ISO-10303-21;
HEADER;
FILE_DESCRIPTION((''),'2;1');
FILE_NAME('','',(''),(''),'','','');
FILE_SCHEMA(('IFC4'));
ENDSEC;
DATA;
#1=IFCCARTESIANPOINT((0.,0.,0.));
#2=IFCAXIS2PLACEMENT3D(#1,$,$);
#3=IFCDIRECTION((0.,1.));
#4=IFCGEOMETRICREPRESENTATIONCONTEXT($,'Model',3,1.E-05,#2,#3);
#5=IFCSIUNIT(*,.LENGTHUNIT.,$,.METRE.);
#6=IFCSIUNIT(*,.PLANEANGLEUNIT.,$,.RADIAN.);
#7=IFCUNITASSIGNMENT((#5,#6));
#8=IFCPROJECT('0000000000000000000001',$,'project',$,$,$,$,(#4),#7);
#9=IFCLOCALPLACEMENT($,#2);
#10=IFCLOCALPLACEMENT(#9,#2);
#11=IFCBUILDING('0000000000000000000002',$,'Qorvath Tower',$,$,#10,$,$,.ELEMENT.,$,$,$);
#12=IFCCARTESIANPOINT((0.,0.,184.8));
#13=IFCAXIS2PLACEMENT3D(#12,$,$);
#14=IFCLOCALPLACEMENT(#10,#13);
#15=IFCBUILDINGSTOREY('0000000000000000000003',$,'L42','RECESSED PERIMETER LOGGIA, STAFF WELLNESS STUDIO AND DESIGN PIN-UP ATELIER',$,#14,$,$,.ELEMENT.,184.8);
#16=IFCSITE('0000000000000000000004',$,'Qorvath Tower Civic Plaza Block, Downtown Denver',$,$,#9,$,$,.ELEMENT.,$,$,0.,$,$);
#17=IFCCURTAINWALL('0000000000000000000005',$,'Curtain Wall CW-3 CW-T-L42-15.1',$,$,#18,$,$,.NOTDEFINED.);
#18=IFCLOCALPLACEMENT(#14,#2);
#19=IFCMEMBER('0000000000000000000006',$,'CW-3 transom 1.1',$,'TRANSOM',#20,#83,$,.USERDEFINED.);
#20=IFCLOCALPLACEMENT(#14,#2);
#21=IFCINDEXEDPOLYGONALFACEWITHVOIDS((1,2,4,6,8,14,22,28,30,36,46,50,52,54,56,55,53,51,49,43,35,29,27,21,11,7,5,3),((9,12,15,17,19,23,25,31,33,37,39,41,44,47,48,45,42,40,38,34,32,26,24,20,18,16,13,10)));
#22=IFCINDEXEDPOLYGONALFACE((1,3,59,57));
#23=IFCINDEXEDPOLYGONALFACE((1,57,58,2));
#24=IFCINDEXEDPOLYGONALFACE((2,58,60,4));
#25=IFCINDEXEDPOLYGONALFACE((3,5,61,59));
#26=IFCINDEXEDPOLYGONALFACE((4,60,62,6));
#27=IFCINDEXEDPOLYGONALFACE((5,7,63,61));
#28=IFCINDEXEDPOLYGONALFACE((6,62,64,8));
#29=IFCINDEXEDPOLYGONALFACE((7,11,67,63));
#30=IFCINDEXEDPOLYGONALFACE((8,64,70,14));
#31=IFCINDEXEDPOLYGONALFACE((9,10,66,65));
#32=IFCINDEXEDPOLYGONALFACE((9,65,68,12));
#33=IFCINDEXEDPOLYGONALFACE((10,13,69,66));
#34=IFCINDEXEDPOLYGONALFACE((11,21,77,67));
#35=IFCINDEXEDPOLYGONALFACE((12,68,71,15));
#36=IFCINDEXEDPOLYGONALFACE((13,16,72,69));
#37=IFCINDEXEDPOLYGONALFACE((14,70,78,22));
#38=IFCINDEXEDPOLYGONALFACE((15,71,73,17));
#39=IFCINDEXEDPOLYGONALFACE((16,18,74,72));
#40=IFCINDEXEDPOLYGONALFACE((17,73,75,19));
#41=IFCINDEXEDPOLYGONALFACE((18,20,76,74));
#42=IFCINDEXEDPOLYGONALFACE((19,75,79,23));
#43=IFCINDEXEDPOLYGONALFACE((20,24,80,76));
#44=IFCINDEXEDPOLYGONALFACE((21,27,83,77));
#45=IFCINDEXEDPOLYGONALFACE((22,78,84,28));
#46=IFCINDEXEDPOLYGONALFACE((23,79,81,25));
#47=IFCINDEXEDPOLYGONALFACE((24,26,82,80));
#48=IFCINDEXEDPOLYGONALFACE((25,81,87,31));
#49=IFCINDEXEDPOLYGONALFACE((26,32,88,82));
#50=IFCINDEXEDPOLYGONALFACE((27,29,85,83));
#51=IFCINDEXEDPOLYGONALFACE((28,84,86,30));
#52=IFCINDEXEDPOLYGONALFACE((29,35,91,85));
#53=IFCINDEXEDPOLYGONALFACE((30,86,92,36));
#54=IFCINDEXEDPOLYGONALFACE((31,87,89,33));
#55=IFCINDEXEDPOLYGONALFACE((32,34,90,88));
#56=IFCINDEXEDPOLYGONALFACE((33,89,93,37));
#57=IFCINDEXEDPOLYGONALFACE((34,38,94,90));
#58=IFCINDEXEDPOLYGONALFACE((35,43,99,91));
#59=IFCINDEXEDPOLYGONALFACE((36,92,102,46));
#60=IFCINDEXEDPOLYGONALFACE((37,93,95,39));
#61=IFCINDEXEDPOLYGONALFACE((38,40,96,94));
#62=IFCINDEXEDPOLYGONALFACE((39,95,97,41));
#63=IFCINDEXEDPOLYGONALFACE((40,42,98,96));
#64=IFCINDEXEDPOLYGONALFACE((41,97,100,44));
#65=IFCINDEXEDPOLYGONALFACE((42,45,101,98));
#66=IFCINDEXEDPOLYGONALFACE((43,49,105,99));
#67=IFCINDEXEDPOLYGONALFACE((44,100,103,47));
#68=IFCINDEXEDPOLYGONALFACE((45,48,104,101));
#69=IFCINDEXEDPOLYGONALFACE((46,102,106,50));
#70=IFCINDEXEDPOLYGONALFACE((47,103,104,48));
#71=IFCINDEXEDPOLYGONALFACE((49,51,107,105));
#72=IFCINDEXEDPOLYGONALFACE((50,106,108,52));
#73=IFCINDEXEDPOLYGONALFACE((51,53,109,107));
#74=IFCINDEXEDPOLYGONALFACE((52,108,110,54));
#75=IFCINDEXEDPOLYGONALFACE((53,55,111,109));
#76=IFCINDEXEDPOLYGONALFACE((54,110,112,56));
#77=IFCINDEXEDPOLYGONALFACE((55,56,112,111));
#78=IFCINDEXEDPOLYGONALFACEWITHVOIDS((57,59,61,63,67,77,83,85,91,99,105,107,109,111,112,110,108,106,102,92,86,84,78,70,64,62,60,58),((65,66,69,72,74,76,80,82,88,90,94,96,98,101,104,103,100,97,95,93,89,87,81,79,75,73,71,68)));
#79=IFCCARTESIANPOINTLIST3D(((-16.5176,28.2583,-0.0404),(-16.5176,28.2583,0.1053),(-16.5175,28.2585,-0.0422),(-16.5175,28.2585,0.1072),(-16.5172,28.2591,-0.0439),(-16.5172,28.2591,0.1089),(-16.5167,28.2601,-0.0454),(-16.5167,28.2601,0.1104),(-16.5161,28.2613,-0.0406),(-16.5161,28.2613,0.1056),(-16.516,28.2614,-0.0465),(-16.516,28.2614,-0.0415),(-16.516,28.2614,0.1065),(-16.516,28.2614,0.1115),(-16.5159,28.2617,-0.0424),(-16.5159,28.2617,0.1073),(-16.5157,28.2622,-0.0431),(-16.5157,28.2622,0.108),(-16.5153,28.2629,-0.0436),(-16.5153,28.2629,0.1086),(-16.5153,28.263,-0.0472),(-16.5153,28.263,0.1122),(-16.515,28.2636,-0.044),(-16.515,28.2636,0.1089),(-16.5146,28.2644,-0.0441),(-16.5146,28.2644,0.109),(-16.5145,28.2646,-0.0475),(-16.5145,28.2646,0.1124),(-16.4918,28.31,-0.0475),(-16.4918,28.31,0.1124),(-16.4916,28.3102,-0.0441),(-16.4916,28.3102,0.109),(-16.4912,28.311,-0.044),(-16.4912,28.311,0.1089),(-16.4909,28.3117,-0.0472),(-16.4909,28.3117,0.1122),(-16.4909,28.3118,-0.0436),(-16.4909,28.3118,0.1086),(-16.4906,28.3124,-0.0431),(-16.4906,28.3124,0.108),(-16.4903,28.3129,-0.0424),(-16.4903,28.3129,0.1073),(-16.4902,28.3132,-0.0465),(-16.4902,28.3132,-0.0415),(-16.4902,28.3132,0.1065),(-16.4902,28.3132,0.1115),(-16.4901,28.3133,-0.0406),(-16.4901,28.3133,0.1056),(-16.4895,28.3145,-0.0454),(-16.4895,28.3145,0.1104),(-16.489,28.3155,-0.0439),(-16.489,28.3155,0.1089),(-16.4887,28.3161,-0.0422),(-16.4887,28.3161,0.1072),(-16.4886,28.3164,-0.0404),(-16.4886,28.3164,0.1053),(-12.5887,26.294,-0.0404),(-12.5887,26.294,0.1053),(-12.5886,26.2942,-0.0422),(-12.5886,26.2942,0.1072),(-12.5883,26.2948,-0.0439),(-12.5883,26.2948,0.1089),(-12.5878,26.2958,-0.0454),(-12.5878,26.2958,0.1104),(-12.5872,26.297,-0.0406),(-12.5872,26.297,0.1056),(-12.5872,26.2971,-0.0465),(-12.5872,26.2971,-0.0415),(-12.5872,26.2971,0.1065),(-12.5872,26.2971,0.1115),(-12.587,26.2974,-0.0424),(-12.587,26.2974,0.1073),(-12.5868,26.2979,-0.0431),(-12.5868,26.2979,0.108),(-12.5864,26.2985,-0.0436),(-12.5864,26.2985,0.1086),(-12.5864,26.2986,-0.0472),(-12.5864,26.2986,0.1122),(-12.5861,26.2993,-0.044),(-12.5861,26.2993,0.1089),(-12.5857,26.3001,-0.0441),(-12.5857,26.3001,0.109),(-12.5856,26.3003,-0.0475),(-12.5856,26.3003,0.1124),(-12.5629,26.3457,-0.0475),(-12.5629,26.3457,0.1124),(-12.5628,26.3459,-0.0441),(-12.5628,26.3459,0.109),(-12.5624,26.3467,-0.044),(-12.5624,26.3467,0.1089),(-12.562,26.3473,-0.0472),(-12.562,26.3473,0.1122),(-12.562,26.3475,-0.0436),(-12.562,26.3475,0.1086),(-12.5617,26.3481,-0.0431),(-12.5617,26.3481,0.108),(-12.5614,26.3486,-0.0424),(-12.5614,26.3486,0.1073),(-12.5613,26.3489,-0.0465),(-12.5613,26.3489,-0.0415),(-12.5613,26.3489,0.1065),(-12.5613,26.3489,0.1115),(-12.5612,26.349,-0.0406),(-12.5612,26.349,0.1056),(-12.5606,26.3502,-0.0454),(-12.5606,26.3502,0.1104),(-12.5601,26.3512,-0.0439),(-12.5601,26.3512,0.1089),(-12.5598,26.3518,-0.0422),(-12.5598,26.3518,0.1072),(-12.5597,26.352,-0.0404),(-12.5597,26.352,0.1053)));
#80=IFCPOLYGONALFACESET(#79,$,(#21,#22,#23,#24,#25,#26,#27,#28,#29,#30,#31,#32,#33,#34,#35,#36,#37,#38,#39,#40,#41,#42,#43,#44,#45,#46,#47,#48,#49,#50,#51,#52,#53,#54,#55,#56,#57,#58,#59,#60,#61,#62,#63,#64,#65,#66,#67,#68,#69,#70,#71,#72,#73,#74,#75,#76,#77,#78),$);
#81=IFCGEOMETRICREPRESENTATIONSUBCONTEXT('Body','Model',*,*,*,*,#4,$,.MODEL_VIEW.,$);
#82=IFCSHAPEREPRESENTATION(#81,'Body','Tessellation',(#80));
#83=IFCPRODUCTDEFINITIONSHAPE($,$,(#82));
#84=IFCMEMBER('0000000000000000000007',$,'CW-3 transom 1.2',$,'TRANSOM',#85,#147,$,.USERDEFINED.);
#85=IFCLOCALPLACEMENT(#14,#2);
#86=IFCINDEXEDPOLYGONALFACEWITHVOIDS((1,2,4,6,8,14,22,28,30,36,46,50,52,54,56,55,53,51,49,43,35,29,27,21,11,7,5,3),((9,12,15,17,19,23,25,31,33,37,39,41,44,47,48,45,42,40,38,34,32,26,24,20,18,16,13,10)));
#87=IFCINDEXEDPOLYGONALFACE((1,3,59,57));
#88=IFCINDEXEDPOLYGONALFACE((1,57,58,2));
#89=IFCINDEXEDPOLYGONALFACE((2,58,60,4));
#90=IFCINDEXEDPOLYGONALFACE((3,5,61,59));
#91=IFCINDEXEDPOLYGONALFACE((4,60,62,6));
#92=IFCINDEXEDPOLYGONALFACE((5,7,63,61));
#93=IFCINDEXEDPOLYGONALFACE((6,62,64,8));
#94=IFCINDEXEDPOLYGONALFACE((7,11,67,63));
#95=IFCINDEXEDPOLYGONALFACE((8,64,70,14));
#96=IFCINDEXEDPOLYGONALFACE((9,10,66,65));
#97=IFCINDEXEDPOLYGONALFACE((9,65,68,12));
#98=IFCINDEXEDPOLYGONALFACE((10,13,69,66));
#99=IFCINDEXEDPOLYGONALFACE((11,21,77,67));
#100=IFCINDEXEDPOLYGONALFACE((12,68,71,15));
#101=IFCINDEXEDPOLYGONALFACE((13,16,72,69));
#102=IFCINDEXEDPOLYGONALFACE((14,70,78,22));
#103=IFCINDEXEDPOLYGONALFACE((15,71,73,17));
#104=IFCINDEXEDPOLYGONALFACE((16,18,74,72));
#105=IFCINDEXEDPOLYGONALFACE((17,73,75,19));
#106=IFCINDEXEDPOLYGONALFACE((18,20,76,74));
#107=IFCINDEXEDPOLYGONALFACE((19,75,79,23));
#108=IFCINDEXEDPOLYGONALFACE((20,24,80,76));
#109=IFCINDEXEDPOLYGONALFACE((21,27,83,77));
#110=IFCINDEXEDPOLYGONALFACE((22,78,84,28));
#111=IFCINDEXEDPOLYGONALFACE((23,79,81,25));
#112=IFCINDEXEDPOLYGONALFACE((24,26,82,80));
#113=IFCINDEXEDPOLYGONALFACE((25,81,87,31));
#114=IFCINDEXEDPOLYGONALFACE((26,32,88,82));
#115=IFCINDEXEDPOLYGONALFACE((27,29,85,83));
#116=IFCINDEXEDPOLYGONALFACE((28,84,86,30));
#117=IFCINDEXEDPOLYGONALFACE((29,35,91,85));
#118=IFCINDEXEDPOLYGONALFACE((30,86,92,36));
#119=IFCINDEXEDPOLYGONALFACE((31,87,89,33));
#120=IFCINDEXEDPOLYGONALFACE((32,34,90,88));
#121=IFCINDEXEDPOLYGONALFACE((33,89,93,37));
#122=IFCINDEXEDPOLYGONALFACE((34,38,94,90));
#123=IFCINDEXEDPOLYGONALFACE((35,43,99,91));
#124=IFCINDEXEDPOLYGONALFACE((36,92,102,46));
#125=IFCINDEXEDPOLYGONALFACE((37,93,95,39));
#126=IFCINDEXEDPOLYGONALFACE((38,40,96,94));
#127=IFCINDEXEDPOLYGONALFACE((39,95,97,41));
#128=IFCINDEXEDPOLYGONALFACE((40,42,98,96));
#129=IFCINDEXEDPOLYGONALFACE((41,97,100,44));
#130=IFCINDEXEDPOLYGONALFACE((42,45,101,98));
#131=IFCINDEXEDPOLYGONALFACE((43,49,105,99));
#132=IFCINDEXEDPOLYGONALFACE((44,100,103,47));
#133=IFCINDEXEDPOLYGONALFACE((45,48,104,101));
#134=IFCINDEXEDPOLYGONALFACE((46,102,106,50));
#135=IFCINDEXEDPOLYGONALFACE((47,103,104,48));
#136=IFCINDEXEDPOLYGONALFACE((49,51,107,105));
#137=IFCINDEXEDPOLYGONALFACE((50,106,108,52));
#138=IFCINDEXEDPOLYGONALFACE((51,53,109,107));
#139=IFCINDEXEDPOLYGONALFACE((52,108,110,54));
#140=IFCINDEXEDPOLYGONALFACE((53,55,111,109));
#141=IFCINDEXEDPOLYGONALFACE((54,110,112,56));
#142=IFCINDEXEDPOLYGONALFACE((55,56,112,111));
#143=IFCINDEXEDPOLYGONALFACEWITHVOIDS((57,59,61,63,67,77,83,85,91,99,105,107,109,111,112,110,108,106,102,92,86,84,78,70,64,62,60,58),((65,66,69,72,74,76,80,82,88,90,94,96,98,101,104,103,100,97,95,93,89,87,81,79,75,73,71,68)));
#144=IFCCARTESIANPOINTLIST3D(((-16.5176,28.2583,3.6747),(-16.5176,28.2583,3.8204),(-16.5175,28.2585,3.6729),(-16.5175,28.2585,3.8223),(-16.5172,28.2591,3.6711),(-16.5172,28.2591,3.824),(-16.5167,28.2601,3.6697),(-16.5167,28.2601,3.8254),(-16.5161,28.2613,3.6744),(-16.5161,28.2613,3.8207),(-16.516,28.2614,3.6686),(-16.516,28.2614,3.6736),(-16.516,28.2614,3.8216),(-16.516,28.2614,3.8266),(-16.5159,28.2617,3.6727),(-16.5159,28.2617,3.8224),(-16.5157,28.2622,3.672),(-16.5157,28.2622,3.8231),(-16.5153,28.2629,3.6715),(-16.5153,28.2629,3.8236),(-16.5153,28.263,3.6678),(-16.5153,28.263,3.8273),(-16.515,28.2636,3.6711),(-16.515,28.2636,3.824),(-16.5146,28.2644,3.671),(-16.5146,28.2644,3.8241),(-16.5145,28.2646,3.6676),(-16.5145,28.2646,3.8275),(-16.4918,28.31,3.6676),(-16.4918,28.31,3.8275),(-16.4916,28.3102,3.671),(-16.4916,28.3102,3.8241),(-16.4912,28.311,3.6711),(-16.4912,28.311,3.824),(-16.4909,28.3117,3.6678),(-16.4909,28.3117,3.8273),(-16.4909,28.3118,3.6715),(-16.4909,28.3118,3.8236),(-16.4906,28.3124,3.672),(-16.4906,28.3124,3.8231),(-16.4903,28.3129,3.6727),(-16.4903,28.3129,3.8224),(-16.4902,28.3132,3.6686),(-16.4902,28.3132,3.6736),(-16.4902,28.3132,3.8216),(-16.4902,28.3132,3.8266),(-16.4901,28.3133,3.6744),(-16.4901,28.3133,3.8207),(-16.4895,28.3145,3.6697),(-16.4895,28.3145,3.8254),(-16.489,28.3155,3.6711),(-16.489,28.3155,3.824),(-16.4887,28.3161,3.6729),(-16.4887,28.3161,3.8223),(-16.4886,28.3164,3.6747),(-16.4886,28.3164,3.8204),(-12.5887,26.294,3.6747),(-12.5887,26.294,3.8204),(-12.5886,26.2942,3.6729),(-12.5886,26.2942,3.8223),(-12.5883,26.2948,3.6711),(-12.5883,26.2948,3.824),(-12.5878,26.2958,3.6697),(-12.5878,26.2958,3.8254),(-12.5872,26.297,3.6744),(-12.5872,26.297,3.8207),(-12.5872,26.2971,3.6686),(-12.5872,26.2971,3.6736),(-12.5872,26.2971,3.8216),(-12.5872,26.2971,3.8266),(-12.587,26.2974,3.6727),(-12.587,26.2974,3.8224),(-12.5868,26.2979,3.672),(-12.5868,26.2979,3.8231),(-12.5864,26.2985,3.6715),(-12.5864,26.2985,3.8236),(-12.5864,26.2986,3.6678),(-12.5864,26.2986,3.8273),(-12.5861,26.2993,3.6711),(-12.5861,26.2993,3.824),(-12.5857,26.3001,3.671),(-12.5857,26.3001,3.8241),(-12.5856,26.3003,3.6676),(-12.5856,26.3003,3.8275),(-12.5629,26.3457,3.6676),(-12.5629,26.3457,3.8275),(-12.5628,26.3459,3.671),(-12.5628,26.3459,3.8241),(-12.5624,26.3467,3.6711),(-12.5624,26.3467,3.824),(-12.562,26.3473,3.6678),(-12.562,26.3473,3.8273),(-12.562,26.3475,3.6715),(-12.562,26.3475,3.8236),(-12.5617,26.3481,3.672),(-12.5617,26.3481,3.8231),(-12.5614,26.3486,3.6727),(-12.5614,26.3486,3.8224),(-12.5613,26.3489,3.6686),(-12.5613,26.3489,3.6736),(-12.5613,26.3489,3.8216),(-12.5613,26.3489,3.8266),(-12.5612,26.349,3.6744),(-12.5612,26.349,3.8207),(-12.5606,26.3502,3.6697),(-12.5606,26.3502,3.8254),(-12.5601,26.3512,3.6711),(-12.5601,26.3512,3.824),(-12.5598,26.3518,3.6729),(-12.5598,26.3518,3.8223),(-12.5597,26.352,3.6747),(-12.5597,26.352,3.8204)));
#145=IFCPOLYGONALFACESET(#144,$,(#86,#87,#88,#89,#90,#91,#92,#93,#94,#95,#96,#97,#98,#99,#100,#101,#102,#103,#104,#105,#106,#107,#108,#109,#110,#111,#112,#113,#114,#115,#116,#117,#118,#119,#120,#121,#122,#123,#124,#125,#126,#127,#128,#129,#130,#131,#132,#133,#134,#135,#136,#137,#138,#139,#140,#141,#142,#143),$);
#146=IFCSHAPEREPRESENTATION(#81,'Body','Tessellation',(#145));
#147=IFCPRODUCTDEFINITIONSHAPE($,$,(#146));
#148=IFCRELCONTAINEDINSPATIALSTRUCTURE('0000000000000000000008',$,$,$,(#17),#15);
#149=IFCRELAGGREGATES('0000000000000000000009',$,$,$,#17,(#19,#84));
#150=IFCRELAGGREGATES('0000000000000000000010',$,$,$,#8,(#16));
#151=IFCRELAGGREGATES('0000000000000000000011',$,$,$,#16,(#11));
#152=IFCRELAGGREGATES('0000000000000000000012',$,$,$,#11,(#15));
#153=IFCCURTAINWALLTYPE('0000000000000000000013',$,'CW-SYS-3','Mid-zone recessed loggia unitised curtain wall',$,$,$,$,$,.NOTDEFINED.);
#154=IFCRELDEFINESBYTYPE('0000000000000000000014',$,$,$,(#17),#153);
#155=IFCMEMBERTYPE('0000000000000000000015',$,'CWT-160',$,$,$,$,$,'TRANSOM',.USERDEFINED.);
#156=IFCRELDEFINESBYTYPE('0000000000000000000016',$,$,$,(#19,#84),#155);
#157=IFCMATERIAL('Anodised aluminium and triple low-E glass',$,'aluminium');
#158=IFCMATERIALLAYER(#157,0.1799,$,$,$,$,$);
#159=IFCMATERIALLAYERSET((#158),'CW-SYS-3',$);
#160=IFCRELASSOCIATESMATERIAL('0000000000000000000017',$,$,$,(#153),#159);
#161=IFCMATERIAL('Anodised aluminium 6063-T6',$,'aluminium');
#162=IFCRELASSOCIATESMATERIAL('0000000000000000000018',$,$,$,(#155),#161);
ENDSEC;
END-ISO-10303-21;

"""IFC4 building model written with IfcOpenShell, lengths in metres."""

from ifc_helpers import new_model, si_unit, direction, frame, origin, origin_2d, place, context, subcontext, project, spatial, hollow_rectangle, extrude, material, layer, layer_set, material_profile, profile_set, type_object, element, aggregate, save


model = new_model("IFC4")

# Units and contexts
model_context = context("Model", 3, precision=1e-05, world=origin(), true_north=direction((0.0, 1.0)))
body_context = subcontext(model_context, "Body", "Model", "MODEL_VIEW")
ifc_project = project(units=[si_unit("LENGTHUNIT", "METRE"), si_unit("PLANEANGLEUNIT", "RADIAN")], contexts=[model_context])

# Site, building, storey
site_placement = place(None, origin())
site = spatial("IfcSite", under=ifc_project, at=site_placement, Name="Qorvath Tower Civic Plaza Block, Downtown Denver", CompositionType="ELEMENT", RefElevation=0.0)
building_placement = place(site_placement, origin())
building = spatial("IfcBuilding", under=site, at=building_placement, Name="Qorvath Tower", CompositionType="ELEMENT")
storey_placement = place(building_placement, frame((0.0, 0.0, 184.8)))
storey = spatial("IfcBuildingStorey", under=building, at=storey_placement, Name="L42", Description="RECESSED PERIMETER LOGGIA, STAFF WELLNESS STUDIO AND DESIGN PIN-UP ATELIER", CompositionType="ELEMENT", Elevation=184.8)

# Shared definitions
ifc_material_1 = material(Name="Anodised aluminium and triple low-E glass", Category="aluminium")
ifc_layer_1 = layer(ifc_material_1, 0.1799)
ifc_layer_set_1 = layer_set([ifc_layer_1], Name="CW-SYS-3")
curtain_wall_type = type_object("IfcCurtainWallType", Name="CW-SYS-3", Description="Mid-zone recessed loggia unitised curtain wall", PredefinedType="NOTDEFINED", material=ifc_layer_set_1)

# Curtain wall
curtain_wall_1_placement = place(storey_placement, origin())
curtain_wall_1 = element("IfcCurtainWall", 1, at=curtain_wall_1_placement, inside=storey, type_object=curtain_wall_type, Name="Curtain Wall CW-3 CW-T-L42-15.1", PredefinedType="NOTDEFINED")

# Members
ifc_material_2 = material(Name="Anodised aluminium 6063-T6", Category="aluminium")
ifc_material_profile_1 = material_profile(ifc_material_2, hollow_rectangle(XDim=0.0649, YDim=0.1599, WallThickness=0.0034, InnerFilletRadius=0.0034, OuterFilletRadius=0.0071, at=origin_2d()), Name="CWT 160x65")
ifc_profile_set_1 = profile_set([ifc_material_profile_1], Name="Anodised aluminium 6063-T6")
member_type_1 = type_object("IfcMemberType", Name="CWT-160", ElementType="TRANSOM", PredefinedType="USERDEFINED", material=ifc_profile_set_1)
member_1_placement = place(storey_placement, frame((-12.5742, 26.323, 0.0325), z_axis=(-0.894438, 0.447191, 0.0), x_axis=(-0.447191, -0.894438, 0.0)))
member_1 = element("IfcMember", 2, at=member_1_placement, type_object=member_type_1, Name="CW-3 transom 1.1", ObjectType="TRANSOM", PredefinedType="USERDEFINED", context=body_context, shape_type="SweptSolid", body=[
    extrude(hollow_rectangle(XDim=0.0649, YDim=0.1599, WallThickness=0.0034, InnerFilletRadius=0.0034, OuterFilletRadius=0.0071, at=origin_2d()), origin(), (0.0, 0.0, 1.0), 4.3926),
])
member_2_placement = place(storey_placement, frame((-12.5742, 26.323, 3.7476), z_axis=(-0.894438, 0.447191, 0.0), x_axis=(-0.447191, -0.894438, 0.0)))
member_2 = element("IfcMember", 3, at=member_2_placement, type_object=member_type_1, Name="CW-3 transom 1.2", ObjectType="TRANSOM", PredefinedType="USERDEFINED", context=body_context, shape_type="SweptSolid", body=[
    extrude(hollow_rectangle(XDim=0.0649, YDim=0.1599, WallThickness=0.0034, InnerFilletRadius=0.0034, OuterFilletRadius=0.0071, at=origin_2d()), origin(), (0.0, 0.0, 1.0), 4.3926),
])

aggregate(curtain_wall_1, [member_1, member_2])

save(model, "model.ifc")
